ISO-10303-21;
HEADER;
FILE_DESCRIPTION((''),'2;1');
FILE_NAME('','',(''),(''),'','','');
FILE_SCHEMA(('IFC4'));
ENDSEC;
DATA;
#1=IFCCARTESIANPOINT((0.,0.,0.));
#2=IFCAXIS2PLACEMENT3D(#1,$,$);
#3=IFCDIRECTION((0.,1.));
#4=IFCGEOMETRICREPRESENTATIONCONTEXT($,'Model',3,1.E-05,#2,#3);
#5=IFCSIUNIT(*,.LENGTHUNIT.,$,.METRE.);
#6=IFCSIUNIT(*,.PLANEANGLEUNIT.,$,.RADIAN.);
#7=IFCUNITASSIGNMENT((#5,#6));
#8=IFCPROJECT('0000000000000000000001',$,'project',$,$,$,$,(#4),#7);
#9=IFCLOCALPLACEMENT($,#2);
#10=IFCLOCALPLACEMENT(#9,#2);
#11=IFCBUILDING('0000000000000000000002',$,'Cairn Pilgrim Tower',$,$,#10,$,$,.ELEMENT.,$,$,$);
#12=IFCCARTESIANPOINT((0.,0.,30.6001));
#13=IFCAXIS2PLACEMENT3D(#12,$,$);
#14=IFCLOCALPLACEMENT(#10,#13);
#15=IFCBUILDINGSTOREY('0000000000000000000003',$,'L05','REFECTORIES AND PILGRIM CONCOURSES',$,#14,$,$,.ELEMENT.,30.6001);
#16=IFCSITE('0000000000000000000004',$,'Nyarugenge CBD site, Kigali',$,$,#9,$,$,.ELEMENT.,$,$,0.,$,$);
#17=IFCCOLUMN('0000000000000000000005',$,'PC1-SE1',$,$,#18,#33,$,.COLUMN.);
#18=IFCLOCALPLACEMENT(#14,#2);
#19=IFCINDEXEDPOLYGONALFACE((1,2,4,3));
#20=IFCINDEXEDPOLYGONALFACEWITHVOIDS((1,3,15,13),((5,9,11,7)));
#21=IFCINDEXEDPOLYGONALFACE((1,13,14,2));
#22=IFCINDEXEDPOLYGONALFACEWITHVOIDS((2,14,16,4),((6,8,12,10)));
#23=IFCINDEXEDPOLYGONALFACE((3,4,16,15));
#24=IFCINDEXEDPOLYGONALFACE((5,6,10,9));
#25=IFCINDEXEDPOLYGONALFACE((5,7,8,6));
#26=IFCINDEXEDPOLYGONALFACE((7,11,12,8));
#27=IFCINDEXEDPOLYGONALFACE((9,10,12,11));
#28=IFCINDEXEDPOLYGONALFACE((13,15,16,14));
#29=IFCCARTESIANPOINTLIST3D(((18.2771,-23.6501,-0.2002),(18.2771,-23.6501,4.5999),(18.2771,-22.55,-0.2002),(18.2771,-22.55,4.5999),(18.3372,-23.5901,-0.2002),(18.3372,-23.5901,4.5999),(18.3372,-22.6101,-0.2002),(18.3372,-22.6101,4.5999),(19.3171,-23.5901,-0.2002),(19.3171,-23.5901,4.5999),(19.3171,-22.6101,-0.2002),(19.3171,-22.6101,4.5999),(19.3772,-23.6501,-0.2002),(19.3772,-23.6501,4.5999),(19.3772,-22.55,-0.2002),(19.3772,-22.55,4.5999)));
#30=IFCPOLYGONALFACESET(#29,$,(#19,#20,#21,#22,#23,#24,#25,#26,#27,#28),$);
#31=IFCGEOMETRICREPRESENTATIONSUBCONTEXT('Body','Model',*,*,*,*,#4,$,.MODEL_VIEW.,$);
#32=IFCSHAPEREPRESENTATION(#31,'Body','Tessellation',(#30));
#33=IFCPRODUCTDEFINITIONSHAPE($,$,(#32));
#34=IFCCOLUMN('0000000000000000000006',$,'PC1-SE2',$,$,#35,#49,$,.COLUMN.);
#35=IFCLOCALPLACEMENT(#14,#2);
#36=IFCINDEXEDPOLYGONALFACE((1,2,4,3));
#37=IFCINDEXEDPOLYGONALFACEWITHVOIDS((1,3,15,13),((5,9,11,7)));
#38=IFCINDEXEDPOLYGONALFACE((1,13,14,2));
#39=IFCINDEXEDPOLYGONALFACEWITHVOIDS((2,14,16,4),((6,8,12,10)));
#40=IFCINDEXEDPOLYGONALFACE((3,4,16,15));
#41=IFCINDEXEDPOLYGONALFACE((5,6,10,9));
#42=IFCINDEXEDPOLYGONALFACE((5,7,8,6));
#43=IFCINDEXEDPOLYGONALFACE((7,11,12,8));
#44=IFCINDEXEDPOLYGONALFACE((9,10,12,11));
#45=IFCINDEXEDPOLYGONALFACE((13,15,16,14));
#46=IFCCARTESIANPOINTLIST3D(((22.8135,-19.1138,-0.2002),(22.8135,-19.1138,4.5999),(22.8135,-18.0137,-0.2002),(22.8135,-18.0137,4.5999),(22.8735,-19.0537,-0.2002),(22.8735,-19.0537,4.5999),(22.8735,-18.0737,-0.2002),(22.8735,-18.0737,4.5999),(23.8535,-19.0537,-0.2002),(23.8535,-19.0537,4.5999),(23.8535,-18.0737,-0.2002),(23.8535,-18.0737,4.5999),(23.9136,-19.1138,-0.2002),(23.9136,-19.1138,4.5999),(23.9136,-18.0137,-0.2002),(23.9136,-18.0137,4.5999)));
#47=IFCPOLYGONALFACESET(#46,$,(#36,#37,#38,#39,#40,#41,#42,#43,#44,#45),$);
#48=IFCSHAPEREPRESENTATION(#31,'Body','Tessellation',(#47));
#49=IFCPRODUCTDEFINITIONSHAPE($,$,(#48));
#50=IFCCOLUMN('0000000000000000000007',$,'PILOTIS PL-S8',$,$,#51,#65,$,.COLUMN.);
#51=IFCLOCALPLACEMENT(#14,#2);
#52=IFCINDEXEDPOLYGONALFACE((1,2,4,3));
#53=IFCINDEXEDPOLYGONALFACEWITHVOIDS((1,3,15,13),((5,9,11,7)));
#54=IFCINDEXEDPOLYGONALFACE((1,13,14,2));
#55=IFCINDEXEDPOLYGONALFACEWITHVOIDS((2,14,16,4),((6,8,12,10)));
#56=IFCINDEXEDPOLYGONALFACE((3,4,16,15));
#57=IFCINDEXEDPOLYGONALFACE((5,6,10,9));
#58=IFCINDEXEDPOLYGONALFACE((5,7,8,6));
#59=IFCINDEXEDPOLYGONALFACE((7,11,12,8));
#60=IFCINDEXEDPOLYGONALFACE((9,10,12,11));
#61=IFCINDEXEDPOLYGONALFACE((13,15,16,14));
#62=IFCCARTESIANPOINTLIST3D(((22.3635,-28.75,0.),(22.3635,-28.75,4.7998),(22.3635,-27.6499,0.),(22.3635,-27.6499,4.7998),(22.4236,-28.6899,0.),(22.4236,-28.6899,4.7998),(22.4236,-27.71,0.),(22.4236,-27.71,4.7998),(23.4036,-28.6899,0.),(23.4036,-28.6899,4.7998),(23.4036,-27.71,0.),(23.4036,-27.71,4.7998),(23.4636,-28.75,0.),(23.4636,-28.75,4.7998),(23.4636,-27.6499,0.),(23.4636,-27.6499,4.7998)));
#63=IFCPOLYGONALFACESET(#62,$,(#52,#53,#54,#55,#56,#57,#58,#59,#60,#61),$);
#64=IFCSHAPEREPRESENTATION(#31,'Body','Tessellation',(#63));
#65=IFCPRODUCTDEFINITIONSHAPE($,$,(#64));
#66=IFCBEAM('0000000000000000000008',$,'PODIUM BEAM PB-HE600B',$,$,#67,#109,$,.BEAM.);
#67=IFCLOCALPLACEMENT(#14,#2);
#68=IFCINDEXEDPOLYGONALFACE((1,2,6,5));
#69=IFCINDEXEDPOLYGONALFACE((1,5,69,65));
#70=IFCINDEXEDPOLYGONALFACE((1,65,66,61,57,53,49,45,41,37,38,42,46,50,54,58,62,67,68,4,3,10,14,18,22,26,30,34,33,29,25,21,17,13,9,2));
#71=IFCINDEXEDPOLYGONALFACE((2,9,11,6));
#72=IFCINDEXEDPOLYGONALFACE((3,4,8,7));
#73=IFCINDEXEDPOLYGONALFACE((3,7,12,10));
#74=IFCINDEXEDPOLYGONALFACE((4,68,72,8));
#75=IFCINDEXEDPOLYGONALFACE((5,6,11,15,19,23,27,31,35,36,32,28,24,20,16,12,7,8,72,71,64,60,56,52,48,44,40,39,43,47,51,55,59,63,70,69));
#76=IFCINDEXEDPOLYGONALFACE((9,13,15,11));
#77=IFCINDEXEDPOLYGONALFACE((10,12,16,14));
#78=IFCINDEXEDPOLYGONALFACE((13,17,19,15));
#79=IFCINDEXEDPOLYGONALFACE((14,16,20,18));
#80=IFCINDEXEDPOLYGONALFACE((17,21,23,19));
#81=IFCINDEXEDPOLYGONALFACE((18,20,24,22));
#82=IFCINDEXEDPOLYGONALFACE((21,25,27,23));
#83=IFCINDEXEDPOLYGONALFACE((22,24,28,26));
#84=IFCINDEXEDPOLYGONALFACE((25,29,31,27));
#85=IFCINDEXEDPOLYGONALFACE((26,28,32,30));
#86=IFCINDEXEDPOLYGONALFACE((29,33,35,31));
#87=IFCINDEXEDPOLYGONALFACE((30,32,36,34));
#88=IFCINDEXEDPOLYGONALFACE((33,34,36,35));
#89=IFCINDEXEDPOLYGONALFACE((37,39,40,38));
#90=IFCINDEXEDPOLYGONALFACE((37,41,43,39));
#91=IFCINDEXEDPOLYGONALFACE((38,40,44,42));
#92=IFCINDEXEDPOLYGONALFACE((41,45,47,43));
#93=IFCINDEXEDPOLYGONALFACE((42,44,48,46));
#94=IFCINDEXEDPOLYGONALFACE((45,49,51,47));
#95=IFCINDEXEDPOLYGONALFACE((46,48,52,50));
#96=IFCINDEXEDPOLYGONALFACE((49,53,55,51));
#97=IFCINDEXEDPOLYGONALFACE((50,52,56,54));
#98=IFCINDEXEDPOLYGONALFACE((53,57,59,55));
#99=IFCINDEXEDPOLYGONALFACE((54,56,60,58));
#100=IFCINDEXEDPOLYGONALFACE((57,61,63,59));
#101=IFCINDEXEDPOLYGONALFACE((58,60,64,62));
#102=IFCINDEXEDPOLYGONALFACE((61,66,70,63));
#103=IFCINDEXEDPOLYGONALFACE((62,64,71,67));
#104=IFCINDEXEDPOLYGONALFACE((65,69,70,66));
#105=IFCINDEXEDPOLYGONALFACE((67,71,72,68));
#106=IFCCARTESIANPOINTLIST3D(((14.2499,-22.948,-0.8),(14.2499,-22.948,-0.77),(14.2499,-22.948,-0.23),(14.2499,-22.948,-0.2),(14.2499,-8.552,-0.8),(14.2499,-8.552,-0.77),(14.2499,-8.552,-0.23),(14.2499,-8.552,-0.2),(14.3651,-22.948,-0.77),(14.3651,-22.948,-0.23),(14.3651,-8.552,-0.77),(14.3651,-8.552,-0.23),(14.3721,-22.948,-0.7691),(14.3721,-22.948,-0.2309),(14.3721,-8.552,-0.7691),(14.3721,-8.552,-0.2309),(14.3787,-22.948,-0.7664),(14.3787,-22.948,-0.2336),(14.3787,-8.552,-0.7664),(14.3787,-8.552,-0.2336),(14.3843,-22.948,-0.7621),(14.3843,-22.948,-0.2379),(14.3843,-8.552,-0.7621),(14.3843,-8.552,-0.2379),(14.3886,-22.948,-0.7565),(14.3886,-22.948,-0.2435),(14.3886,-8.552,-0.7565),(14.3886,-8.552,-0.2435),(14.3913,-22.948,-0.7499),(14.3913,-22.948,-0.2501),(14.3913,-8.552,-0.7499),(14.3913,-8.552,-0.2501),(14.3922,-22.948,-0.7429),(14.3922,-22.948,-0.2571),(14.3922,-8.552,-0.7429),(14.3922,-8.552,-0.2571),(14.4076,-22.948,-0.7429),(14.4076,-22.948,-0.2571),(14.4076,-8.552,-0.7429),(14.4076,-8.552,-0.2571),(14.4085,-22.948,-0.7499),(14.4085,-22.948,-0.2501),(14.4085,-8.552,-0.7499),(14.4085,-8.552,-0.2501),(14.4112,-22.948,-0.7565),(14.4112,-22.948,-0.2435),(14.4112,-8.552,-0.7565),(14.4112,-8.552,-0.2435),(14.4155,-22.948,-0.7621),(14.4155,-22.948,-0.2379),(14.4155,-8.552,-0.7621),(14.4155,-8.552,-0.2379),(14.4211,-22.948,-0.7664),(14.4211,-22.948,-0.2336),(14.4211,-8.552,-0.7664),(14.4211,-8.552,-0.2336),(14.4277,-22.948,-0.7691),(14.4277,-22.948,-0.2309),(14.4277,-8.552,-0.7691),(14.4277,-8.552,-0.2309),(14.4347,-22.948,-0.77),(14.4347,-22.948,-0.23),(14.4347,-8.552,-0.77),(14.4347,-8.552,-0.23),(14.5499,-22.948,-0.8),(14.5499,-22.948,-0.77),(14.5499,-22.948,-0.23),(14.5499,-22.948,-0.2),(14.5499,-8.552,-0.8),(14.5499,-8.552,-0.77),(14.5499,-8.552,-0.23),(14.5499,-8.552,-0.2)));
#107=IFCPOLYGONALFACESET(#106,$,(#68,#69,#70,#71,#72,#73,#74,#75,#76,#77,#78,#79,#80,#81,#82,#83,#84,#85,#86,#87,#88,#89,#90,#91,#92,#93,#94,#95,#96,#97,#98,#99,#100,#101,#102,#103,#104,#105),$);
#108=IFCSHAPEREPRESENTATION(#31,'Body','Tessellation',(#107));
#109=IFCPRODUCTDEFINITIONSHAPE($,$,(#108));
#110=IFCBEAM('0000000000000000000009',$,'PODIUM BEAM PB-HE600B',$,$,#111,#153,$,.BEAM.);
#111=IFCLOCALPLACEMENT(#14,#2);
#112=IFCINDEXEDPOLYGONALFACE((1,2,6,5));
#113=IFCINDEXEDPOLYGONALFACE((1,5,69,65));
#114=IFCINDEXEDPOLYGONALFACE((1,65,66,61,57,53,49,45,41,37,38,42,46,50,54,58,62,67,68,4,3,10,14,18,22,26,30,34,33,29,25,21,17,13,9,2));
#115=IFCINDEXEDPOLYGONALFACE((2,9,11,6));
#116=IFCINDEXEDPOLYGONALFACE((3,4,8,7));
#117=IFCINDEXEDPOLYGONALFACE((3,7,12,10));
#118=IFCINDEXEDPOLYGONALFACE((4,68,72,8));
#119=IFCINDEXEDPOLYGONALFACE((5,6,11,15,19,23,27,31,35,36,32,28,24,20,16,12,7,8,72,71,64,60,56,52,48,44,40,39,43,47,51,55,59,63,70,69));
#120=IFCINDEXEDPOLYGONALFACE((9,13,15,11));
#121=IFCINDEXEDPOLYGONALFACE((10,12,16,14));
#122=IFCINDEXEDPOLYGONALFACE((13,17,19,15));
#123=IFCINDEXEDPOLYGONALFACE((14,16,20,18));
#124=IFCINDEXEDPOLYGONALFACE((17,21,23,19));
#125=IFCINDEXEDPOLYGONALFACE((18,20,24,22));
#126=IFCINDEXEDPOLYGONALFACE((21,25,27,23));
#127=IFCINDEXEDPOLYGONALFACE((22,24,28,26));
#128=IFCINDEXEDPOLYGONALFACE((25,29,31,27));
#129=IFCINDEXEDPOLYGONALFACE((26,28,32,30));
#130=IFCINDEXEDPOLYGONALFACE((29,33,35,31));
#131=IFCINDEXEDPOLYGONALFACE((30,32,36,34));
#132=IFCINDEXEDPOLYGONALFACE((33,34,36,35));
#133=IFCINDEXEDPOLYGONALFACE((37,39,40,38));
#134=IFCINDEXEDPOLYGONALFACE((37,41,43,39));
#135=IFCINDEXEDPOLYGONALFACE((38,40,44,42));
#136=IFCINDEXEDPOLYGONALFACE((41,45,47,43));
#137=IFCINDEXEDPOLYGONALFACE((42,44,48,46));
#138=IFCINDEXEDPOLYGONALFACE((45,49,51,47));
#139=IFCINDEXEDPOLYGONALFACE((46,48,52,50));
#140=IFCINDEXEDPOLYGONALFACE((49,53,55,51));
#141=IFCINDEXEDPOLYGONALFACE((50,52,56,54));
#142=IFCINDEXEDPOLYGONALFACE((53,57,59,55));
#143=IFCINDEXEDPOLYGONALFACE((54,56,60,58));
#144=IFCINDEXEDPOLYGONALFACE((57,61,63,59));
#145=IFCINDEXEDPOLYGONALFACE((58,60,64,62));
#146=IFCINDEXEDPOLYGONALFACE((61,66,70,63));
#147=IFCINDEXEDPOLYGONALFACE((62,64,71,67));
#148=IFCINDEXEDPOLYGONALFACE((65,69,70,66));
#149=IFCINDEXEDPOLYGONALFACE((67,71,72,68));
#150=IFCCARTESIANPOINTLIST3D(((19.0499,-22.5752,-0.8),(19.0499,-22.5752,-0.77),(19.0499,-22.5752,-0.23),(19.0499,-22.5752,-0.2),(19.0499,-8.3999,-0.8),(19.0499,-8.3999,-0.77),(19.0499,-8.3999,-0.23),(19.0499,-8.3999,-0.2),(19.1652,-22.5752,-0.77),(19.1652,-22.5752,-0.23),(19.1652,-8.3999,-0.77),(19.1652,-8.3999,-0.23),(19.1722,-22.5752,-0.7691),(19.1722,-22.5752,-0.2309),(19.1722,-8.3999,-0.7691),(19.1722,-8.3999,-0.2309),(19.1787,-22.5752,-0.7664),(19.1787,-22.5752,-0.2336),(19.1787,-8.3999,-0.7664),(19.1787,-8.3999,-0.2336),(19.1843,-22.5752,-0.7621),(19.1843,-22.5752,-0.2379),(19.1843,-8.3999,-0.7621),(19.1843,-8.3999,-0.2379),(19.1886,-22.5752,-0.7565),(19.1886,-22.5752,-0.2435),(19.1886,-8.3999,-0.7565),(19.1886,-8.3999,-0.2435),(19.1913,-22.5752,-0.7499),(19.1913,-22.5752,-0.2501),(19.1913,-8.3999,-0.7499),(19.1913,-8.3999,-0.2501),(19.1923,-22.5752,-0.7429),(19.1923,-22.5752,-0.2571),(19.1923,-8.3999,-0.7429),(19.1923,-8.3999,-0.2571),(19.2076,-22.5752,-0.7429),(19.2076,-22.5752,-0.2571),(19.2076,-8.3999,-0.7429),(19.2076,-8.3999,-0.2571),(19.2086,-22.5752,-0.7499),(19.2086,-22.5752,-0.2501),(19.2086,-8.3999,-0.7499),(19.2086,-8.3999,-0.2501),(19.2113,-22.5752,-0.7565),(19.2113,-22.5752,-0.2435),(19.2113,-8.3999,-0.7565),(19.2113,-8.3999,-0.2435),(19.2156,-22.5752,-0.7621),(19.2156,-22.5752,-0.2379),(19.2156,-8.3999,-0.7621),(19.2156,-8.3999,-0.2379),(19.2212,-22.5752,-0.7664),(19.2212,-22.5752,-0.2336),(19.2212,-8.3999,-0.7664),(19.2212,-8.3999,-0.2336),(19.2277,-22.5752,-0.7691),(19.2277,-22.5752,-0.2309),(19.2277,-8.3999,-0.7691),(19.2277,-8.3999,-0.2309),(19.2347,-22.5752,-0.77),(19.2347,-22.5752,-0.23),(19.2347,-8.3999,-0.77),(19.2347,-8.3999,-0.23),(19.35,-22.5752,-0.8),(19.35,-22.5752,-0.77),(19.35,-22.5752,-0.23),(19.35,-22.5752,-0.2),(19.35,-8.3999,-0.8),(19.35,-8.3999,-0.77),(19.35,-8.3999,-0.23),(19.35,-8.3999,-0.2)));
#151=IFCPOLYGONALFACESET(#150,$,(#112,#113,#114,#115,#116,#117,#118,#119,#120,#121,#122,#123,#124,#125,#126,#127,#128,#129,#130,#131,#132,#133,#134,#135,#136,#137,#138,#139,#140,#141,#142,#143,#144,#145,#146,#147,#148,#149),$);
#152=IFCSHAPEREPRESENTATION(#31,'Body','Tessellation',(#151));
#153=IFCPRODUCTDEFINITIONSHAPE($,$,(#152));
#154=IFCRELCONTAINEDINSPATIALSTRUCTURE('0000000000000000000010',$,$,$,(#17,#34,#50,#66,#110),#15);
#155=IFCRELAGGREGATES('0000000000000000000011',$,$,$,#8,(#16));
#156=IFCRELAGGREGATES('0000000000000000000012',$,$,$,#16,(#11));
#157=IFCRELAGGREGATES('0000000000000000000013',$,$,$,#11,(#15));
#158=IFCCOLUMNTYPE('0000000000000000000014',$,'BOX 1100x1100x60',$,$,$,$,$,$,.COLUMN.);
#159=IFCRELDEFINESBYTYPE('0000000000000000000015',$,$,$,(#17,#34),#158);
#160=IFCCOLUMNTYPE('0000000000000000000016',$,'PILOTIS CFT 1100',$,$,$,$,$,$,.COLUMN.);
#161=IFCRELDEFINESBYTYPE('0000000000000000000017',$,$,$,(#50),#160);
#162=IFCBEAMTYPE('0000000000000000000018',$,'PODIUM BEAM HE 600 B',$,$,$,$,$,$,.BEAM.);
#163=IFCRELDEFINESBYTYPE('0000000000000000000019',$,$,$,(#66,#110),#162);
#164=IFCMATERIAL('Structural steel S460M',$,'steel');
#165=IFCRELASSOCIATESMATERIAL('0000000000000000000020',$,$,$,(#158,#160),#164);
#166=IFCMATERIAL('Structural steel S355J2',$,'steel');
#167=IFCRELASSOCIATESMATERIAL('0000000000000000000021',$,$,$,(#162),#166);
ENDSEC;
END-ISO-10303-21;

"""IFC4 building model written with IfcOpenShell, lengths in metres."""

from ifc_helpers import new_model, si_unit, direction, frame, origin, origin_2d, place, context, subcontext, project, spatial, hollow_rectangle, i_section, extrude, material, material_profile, profile_set, type_object, element, save


model = new_model("IFC4")

# Units and contexts
model_context = context("Model", 3, precision=1e-05, world=origin(), true_north=direction((0.0, 1.0)))
body_context = subcontext(model_context, "Body", "Model", "MODEL_VIEW")
ifc_project = project(units=[si_unit("LENGTHUNIT", "METRE"), si_unit("PLANEANGLEUNIT", "RADIAN")], contexts=[model_context])

# Site, building, storey
site_placement = place(None, origin())
site = spatial("IfcSite", under=ifc_project, at=site_placement, Name="Nyarugenge CBD site, Kigali", CompositionType="ELEMENT", RefElevation=0.0)
building_placement = place(site_placement, origin())
building = spatial("IfcBuilding", under=site, at=building_placement, Name="Cairn Pilgrim Tower", CompositionType="ELEMENT")
storey_placement = place(building_placement, frame((0.0, 0.0, 30.6001)))
storey = spatial("IfcBuildingStorey", under=building, at=storey_placement, Name="L05", Description="REFECTORIES AND PILGRIM CONCOURSES", CompositionType="ELEMENT", Elevation=30.6001)

# Columns
ifc_material_1 = material(Name="Structural steel S460M", Category="steel")
ifc_material_profile_1 = material_profile(ifc_material_1, hollow_rectangle(XDim=1.1001, YDim=1.1001, WallThickness=0.0601, at=origin_2d()), Name="BOX 1100x1100x60")
ifc_profile_set_1 = profile_set([ifc_material_profile_1], Name="Structural steel S460M")
column_type_1 = type_object("IfcColumnType", Name="BOX 1100x1100x60", PredefinedType="COLUMN", material=ifc_profile_set_1)
for number, where, z_axis, x_axis, name in (
    (1, (18.8271, -23.1001, -0.2002), (0.0, 0.0, 1.0), (1.0, 0.0, 0.0), "PC1-SE1"),
    (2, (23.3635, -18.5637, -0.2002), (0.0, 0.0, 1.0), (1.0, 0.0, 0.0), "PC1-SE2"),
):
    element("IfcColumn", number, at=place(storey_placement, frame(where, z_axis=z_axis, x_axis=x_axis)), inside=storey, type_object=column_type_1, Name=name, PredefinedType="COLUMN", context=body_context, shape_type="SweptSolid", body=[
        extrude(hollow_rectangle(XDim=1.1001, YDim=1.1001, WallThickness=0.0601, at=origin_2d()), origin(), (0.0, 0.0, 1.0), 4.8),
    ])
ifc_material_profile_2 = material_profile(ifc_material_1, hollow_rectangle(XDim=1.1001, YDim=1.1001, WallThickness=0.0601, at=origin_2d()), Name="BOX 1100x1100x60")
ifc_profile_set_2 = profile_set([ifc_material_profile_2], Name="Structural steel S460M")
column_type_2 = type_object("IfcColumnType", Name="PILOTIS CFT 1100", PredefinedType="COLUMN", material=ifc_profile_set_2)
column_placement = place(storey_placement, frame((22.9136, -28.2, 0.0), z_axis=(0.0, 0.0, 1.0), x_axis=(1.0, 0.0, 0.0)))
element("IfcColumn", 3, at=column_placement, inside=storey, type_object=column_type_2, Name="PILOTIS PL-S8", PredefinedType="COLUMN", context=body_context, shape_type="SweptSolid", body=[
    extrude(hollow_rectangle(XDim=1.1001, YDim=1.1001, WallThickness=0.0601, at=origin_2d()), origin(), (0.0, 0.0, 1.0), 4.7998),
])

# Beams
ifc_material_2 = material(Name="Structural steel S355J2", Category="steel")
ifc_material_profile_3 = material_profile(ifc_material_2, i_section(OverallWidth=0.3, OverallDepth=0.6001, WebThickness=0.0154, FlangeThickness=0.03, FilletRadius=0.0271, at=origin_2d()), Name="HEB 600")
ifc_profile_set_3 = profile_set([ifc_material_profile_3], Name="Structural steel S355J2")
beam_type_1 = type_object("IfcBeamType", Name="PODIUM BEAM HE 600 B", PredefinedType="BEAM", material=ifc_profile_set_3)
beam_1_placement = place(storey_placement, frame((14.3999, -22.948, -0.5), z_axis=(0.0, 1.0, 0.0), x_axis=(-1.0, 0.0, 0.0)))
element("IfcBeam", 4, at=beam_1_placement, inside=storey, type_object=beam_type_1, Name="PODIUM BEAM PB-HE600B", PredefinedType="BEAM", context=body_context, shape_type="SweptSolid", body=[
    extrude(i_section(OverallWidth=0.3, OverallDepth=0.6001, WebThickness=0.0154, FlangeThickness=0.03, FilletRadius=0.0271, at=origin_2d()), origin(), (0.0, 0.0, 1.0), 14.396),
])
beam_2_placement = place(storey_placement, frame((19.2, -22.5752, -0.5), z_axis=(0.0, 1.0, 0.0), x_axis=(-1.0, 0.0, 0.0)))
element("IfcBeam", 5, at=beam_2_placement, inside=storey, type_object=beam_type_1, Name="PODIUM BEAM PB-HE600B", PredefinedType="BEAM", context=body_context, shape_type="SweptSolid", body=[
    extrude(i_section(OverallWidth=0.3, OverallDepth=0.6001, WebThickness=0.0154, FlangeThickness=0.03, FilletRadius=0.0271, at=origin_2d()), origin(), (0.0, 0.0, 1.0), 14.1753),
])

save(model, "model.ifc")
